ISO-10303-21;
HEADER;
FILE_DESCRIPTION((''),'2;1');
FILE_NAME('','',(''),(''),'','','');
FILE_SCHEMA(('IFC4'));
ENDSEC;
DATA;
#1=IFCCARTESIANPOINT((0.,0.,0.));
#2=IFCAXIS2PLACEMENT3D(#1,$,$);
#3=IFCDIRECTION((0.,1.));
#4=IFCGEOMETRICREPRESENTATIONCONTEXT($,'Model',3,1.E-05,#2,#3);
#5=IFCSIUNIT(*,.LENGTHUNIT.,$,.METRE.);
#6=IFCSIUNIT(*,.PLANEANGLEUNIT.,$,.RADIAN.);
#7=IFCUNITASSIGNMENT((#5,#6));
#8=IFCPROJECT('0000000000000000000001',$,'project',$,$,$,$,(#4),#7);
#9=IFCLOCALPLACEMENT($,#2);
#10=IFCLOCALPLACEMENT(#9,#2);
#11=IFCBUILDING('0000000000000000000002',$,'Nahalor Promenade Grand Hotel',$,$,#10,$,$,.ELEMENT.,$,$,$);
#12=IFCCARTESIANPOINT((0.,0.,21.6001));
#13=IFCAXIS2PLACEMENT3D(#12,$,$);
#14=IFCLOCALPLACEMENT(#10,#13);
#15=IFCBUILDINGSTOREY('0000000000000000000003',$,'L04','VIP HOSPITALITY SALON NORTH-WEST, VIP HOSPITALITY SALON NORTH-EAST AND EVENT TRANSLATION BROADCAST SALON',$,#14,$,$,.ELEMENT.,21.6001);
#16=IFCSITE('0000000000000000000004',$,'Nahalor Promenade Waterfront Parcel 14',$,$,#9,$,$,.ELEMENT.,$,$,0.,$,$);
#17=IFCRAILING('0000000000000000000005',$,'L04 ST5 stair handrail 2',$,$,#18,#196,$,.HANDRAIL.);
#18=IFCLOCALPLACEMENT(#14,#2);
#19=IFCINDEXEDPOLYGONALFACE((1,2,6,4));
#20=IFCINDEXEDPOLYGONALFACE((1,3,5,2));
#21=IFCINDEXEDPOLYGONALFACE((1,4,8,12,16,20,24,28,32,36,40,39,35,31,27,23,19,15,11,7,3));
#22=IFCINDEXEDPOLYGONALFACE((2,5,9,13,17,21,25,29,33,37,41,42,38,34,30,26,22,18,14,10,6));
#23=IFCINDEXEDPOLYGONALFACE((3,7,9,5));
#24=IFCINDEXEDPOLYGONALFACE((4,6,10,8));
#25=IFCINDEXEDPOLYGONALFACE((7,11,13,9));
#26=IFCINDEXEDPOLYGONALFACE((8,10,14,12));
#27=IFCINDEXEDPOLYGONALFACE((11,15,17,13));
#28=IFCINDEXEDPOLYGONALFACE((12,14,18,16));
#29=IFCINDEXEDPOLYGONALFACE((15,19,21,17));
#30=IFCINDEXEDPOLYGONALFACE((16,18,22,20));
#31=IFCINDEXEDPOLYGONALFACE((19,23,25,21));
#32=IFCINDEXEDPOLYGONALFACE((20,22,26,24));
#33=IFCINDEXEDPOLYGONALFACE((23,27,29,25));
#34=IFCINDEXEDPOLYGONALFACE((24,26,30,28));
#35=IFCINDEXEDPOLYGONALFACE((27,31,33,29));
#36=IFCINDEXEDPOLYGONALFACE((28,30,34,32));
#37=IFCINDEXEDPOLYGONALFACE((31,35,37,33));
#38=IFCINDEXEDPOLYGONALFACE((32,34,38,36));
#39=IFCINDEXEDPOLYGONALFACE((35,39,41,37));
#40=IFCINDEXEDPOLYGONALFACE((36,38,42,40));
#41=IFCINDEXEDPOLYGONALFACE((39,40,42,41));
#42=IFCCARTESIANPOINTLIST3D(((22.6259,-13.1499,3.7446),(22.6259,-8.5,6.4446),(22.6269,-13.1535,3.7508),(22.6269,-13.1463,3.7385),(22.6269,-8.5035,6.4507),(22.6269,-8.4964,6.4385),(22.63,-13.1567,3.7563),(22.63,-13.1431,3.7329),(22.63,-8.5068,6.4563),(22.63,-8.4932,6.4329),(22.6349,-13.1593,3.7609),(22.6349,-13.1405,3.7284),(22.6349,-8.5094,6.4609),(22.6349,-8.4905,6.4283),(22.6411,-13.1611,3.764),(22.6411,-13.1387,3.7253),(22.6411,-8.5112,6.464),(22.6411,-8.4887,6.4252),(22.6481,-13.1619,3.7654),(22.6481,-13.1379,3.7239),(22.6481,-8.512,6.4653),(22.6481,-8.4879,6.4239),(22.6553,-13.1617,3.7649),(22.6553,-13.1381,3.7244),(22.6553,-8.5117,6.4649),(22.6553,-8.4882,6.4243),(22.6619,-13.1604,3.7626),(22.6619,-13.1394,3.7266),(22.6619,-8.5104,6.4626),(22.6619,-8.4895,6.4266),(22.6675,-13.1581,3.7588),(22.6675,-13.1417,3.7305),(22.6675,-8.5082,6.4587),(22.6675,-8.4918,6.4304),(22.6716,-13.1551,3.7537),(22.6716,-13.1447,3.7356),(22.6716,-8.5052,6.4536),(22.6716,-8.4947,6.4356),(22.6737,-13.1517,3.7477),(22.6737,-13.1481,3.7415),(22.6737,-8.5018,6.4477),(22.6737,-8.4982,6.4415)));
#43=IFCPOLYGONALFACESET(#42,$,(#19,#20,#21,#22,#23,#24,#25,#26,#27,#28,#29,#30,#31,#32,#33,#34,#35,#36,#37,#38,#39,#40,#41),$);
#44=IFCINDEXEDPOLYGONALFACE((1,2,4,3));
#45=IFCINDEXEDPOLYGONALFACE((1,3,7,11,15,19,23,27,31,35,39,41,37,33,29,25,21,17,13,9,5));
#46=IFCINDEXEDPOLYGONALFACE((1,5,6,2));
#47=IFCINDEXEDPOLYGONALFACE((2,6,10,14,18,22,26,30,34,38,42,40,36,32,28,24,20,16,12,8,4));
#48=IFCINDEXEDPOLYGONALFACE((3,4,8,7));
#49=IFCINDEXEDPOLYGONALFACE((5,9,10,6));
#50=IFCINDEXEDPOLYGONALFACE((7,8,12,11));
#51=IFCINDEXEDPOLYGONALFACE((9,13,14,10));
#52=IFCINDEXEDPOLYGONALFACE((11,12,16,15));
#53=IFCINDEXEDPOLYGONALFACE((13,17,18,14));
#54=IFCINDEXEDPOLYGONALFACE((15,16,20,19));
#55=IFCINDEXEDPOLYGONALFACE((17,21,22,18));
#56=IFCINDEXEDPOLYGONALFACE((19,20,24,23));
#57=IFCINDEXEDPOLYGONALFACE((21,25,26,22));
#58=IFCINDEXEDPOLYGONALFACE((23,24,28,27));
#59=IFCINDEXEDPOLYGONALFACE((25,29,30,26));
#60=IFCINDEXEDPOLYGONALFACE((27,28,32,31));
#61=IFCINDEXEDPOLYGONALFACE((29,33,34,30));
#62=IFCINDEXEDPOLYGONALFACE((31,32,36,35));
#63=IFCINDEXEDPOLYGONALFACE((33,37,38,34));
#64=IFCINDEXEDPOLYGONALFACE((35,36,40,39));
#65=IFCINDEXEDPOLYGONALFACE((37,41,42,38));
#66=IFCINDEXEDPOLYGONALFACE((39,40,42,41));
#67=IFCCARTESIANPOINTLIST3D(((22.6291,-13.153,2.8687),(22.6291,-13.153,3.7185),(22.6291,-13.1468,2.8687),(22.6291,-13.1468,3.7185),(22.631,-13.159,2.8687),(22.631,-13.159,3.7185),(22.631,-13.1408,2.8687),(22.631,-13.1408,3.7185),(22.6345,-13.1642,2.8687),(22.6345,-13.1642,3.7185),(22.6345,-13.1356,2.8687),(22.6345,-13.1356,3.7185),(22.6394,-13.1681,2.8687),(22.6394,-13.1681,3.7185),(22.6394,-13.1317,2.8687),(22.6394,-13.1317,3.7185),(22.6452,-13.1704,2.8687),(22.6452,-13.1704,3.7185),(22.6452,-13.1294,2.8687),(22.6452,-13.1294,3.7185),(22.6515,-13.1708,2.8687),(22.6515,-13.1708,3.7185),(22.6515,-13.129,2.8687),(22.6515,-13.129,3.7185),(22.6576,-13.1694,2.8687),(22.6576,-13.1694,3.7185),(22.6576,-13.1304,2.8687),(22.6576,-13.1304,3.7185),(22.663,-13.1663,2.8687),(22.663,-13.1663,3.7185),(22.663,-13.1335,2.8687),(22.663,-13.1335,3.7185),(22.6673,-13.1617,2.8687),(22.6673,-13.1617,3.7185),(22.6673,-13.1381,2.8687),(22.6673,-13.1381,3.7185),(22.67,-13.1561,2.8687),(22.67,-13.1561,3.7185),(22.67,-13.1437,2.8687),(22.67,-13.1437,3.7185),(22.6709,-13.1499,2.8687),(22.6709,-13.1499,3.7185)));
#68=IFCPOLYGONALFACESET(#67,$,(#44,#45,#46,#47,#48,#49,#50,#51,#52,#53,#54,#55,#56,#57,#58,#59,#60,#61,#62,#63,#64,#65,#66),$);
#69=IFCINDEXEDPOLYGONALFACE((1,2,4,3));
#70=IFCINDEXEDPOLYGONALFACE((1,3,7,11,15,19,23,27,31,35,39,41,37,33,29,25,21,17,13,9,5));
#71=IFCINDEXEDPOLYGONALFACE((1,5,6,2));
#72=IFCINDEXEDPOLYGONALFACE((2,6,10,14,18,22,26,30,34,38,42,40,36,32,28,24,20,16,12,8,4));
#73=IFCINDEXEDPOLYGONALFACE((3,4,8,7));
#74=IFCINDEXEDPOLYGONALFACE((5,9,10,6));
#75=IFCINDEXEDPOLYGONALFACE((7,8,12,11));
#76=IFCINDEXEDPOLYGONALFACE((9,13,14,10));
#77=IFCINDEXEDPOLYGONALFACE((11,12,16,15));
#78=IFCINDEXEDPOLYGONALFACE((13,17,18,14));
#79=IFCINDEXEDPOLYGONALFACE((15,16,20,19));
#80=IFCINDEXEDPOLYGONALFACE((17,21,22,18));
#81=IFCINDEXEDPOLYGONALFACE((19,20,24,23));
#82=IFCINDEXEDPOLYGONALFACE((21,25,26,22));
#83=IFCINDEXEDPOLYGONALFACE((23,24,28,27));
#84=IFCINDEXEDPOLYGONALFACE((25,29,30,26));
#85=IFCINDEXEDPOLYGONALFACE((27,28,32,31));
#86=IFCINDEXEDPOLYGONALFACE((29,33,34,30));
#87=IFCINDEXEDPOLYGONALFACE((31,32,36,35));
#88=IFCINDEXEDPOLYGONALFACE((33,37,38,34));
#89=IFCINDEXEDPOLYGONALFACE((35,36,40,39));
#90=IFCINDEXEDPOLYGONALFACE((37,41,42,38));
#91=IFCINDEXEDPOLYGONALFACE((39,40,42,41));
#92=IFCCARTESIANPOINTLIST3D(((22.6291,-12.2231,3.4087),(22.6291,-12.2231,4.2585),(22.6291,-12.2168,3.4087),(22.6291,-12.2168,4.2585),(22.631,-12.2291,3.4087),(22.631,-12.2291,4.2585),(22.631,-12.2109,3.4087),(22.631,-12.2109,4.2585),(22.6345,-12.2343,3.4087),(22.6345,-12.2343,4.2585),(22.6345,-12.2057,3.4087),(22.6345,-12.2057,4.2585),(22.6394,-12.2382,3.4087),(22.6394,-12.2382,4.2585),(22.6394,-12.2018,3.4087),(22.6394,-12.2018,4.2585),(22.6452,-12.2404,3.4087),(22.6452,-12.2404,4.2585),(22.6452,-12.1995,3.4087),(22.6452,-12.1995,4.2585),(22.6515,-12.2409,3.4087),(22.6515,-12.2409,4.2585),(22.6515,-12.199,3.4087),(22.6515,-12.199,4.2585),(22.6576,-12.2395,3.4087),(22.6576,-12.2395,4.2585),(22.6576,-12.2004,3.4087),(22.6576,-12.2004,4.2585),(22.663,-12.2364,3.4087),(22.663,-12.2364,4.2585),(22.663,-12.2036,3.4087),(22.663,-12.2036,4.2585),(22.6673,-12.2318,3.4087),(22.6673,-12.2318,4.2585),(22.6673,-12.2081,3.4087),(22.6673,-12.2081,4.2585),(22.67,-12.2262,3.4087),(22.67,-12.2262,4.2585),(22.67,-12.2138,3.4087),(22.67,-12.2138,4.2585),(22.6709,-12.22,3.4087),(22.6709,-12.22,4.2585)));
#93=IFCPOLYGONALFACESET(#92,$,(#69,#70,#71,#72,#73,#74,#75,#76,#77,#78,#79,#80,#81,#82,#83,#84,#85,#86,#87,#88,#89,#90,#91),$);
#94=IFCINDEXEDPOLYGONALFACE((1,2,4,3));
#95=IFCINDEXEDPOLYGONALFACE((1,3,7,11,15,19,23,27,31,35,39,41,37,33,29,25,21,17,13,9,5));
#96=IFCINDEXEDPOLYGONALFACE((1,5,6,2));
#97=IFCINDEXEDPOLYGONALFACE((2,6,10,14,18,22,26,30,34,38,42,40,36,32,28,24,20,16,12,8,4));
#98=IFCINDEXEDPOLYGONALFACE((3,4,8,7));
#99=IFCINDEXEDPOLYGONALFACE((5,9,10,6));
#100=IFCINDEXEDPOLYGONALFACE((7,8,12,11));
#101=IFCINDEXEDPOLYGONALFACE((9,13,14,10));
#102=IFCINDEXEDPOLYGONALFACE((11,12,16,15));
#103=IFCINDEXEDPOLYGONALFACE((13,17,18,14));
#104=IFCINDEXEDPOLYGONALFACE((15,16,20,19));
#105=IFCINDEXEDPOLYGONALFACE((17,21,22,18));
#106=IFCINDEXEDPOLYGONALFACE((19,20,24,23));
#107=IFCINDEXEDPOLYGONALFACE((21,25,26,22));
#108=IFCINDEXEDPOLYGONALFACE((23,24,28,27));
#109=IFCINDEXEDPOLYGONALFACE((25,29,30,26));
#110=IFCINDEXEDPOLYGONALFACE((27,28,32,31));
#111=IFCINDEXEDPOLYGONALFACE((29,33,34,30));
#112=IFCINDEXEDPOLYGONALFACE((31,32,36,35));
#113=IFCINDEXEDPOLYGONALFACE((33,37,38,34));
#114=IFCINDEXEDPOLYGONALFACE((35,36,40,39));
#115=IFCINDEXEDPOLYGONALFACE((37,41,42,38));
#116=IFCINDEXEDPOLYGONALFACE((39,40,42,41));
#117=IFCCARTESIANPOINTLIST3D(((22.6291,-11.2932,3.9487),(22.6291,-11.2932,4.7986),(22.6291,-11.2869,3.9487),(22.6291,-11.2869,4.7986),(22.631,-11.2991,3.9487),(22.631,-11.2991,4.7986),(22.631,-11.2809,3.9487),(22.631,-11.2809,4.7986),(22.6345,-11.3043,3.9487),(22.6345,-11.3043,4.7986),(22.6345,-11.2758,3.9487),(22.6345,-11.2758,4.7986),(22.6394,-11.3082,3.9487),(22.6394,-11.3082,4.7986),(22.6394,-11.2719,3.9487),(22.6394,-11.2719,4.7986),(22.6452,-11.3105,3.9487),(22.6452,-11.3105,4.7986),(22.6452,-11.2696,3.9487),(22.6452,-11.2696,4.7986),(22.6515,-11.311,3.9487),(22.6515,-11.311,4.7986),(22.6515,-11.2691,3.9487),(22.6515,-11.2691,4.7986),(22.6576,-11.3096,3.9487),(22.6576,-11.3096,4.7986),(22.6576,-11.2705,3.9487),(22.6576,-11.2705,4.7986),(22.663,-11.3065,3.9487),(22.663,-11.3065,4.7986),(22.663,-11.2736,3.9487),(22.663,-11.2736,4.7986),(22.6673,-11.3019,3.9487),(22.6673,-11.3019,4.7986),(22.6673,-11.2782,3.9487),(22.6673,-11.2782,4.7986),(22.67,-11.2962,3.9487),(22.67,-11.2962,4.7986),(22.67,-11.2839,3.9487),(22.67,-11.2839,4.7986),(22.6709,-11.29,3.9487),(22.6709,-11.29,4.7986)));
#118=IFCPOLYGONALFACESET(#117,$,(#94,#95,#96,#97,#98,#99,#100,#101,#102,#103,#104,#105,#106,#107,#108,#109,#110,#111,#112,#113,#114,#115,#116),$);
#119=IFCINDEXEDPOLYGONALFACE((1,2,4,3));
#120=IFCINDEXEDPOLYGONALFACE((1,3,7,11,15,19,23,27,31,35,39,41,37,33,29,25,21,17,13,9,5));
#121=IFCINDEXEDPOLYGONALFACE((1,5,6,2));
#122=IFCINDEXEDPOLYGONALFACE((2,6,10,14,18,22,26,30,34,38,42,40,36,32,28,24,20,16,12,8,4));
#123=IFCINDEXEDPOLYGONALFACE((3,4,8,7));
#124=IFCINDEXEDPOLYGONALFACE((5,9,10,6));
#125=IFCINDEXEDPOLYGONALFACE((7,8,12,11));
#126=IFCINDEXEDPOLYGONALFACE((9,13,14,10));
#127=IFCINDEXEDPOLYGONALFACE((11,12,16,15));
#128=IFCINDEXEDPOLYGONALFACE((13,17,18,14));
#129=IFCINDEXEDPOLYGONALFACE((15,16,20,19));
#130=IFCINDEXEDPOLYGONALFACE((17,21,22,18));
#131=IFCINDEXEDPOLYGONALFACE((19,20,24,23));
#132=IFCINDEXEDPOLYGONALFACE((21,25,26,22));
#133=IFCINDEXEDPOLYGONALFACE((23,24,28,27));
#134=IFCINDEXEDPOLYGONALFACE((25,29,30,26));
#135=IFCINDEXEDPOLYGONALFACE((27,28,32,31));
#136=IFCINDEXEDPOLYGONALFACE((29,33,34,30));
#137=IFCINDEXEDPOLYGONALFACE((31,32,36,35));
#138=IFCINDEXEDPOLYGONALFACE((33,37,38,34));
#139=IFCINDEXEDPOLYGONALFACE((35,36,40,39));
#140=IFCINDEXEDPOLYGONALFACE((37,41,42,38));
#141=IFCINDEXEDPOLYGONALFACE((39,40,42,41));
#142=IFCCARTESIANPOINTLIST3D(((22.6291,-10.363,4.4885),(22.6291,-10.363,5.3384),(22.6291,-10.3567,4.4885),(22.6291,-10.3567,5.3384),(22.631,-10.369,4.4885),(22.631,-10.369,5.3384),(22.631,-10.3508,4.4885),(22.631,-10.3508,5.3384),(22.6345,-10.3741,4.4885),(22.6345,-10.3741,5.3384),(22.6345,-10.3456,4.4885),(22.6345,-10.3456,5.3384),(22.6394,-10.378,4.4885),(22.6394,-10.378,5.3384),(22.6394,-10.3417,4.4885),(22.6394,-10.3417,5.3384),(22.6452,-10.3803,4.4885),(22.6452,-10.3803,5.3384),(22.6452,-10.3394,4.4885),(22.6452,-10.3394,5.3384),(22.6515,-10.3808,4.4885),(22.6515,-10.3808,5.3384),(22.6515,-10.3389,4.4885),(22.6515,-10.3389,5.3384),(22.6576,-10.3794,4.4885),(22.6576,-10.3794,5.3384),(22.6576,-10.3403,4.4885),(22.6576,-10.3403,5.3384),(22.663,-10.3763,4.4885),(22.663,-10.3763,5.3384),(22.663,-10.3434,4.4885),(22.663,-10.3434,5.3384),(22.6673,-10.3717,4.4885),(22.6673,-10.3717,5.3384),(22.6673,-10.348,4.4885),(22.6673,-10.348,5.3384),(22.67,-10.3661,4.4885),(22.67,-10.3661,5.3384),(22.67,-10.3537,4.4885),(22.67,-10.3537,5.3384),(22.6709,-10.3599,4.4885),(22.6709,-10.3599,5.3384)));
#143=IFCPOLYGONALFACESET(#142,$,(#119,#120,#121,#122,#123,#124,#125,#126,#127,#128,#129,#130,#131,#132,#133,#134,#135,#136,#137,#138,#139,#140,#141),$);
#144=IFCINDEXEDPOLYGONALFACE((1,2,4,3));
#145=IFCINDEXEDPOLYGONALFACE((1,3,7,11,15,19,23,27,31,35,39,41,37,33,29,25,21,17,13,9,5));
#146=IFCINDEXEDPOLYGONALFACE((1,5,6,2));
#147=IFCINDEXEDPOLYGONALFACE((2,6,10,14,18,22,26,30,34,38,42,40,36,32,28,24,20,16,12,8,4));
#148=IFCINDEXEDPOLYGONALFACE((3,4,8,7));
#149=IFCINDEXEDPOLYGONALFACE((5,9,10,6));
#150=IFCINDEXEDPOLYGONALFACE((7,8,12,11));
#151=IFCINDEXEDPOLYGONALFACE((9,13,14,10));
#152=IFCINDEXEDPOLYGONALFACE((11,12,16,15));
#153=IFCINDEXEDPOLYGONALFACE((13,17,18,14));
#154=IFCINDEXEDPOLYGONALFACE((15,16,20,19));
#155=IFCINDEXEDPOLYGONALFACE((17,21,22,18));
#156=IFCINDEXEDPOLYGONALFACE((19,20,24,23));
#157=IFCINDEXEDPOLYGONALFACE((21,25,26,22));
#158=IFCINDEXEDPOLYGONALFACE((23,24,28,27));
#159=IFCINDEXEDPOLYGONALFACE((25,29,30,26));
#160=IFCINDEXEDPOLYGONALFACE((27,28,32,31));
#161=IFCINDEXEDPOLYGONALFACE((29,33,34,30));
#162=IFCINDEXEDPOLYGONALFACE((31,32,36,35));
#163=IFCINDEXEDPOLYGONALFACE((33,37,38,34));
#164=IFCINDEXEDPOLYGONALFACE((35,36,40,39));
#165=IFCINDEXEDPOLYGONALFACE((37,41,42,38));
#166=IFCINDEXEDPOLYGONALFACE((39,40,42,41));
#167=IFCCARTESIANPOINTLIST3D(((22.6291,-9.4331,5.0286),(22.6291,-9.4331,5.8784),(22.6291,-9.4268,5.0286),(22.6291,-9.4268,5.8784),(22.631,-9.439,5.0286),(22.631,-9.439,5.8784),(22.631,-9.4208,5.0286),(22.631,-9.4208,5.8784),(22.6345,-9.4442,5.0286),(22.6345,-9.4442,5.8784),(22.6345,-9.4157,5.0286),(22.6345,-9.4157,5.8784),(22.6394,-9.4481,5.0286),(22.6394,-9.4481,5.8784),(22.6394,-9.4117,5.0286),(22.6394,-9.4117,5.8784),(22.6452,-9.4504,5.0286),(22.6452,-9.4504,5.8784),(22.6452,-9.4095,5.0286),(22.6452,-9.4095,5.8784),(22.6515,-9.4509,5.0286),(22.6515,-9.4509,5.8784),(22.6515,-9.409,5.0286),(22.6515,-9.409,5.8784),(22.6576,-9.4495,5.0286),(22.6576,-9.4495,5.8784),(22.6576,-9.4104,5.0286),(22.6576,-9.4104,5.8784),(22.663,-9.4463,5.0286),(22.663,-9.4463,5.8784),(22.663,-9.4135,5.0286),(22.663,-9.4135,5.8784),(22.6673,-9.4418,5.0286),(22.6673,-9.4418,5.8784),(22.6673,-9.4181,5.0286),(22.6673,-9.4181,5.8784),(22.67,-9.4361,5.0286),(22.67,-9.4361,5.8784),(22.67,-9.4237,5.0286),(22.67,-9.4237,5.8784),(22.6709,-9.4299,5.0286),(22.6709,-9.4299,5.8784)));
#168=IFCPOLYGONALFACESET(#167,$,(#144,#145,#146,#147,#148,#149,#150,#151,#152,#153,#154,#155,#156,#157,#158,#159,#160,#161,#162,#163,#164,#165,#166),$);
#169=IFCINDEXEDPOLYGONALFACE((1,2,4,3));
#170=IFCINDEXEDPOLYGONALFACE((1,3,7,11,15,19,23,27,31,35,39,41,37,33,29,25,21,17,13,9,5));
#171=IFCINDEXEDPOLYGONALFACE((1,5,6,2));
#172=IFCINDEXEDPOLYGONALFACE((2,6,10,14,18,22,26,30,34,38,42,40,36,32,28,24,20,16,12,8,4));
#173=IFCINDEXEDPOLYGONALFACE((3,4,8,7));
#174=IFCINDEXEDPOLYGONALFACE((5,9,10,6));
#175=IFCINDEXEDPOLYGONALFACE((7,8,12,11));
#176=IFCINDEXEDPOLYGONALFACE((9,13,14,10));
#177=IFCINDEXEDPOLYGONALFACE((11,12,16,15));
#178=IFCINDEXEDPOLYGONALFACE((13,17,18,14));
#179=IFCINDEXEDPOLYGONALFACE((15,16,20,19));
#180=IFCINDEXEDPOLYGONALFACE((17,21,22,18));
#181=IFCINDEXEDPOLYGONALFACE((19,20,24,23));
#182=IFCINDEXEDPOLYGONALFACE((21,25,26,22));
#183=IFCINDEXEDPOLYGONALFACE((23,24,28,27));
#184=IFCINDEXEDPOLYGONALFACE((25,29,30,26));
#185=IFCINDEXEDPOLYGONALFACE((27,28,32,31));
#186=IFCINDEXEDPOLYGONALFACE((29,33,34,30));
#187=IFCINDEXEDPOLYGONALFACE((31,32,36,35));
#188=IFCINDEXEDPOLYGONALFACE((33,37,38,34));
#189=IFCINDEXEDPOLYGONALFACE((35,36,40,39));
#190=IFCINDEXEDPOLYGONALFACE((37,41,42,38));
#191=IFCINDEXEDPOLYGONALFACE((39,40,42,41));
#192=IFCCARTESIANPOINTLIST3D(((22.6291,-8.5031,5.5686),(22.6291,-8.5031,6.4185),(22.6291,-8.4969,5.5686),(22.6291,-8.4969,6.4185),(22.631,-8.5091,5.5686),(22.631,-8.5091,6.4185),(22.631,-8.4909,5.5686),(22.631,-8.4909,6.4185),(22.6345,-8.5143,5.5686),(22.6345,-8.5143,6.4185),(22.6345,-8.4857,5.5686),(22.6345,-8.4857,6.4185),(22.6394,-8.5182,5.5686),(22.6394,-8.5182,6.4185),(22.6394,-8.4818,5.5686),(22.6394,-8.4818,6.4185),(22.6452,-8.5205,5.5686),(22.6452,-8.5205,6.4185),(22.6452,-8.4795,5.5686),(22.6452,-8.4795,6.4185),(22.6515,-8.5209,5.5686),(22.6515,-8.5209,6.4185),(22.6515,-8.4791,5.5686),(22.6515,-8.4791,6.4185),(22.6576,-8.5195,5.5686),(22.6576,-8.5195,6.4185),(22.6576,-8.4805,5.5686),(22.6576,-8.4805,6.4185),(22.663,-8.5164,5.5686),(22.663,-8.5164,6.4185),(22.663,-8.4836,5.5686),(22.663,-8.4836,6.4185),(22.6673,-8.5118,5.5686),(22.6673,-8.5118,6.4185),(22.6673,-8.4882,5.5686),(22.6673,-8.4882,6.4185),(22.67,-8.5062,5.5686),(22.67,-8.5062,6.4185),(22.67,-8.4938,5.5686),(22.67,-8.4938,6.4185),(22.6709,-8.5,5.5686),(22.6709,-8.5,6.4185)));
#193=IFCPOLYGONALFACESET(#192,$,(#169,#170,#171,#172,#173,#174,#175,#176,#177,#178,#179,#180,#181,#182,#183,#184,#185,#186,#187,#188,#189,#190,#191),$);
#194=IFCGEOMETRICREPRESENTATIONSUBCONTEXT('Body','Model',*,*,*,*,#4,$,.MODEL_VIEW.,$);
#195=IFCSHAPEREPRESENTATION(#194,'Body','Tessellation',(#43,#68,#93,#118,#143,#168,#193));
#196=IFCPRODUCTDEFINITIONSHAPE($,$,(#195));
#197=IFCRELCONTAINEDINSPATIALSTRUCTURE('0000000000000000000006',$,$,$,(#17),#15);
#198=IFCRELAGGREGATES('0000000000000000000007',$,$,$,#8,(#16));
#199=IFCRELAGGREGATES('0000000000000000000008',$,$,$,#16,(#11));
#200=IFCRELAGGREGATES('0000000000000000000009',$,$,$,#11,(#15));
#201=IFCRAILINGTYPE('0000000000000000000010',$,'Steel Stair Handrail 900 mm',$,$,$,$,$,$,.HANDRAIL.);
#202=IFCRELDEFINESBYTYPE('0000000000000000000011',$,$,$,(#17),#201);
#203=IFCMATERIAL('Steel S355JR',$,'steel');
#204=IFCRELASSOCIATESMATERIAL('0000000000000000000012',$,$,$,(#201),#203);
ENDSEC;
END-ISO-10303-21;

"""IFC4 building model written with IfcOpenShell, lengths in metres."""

from ifc_helpers import new_model, si_unit, direction, frame, origin, origin_2d, place, context, subcontext, project, spatial, circle, extrude, material, type_object, element, save


model = new_model("IFC4")

# Units and contexts
model_context = context("Model", 3, precision=1e-05, world=origin(), true_north=direction((0.0, 1.0)))
body_context = subcontext(model_context, "Body", "Model", "MODEL_VIEW")
ifc_project = project(units=[si_unit("LENGTHUNIT", "METRE"), si_unit("PLANEANGLEUNIT", "RADIAN")], contexts=[model_context])

# Site, building, storey
site_placement = place(None, origin())
site = spatial("IfcSite", under=ifc_project, at=site_placement, Name="Nahalor Promenade Waterfront Parcel 14", CompositionType="ELEMENT", RefElevation=0.0)
building_placement = place(site_placement, origin())
building = spatial("IfcBuilding", under=site, at=building_placement, Name="Nahalor Promenade Grand Hotel", CompositionType="ELEMENT")
storey_placement = place(building_placement, frame((0.0, 0.0, 21.6001)))
storey = spatial("IfcBuildingStorey", under=building, at=storey_placement, Name="L04", Description="VIP HOSPITALITY SALON NORTH-WEST, VIP HOSPITALITY SALON NORTH-EAST AND EVENT TRANSLATION BROADCAST SALON", CompositionType="ELEMENT", Elevation=21.6001)

# Shared definitions
ifc_material_1 = material(Name="Steel S355JR", Category="steel")

# Railing
railing_type_1 = type_object("IfcRailingType", Name="Steel Stair Handrail 900 mm", PredefinedType="HANDRAIL", material=ifc_material_1)
railing_1_placement = place(storey_placement, frame((22.6499, -13.1499, 2.8687)))
element("IfcRailing", 1, at=railing_1_placement, inside=storey, type_object=railing_type_1, Name="L04 ST5 stair handrail 2", PredefinedType="HANDRAIL", context=body_context, shape_type="SweptSolid", body=[
    extrude(circle(Radius=0.024, at=origin_2d()), frame((0.0, 0.0, 0.876), z_axis=(0.0, 0.864788, 0.502137), x_axis=(-1.0, 0.0, 0.0)), (0.0, 0.0, 1.0), 5.377),
    extrude(circle(Radius=0.021, at=origin_2d()), origin(), (0.0, 0.0, 1.0), 0.8499),
    extrude(circle(Radius=0.021, at=origin_2d()), frame((0.0, 0.9299, 0.54)), (0.0, 0.0, 1.0), 0.8499),
    extrude(circle(Radius=0.021, at=origin_2d()), frame((0.0, 1.8599, 1.0801)), (0.0, 0.0, 1.0), 0.8499),
    extrude(circle(Radius=0.021, at=origin_2d()), frame((0.0, 2.79, 1.6199)), (0.0, 0.0, 1.0), 0.8499),
    extrude(circle(Radius=0.021, at=origin_2d()), frame((0.0, 3.72, 2.1599)), (0.0, 0.0, 1.0), 0.8499),
    extrude(circle(Radius=0.021, at=origin_2d()), frame((0.0, 4.6499, 2.7)), (0.0, 0.0, 1.0), 0.8499),
])

save(model, "model.ifc")
